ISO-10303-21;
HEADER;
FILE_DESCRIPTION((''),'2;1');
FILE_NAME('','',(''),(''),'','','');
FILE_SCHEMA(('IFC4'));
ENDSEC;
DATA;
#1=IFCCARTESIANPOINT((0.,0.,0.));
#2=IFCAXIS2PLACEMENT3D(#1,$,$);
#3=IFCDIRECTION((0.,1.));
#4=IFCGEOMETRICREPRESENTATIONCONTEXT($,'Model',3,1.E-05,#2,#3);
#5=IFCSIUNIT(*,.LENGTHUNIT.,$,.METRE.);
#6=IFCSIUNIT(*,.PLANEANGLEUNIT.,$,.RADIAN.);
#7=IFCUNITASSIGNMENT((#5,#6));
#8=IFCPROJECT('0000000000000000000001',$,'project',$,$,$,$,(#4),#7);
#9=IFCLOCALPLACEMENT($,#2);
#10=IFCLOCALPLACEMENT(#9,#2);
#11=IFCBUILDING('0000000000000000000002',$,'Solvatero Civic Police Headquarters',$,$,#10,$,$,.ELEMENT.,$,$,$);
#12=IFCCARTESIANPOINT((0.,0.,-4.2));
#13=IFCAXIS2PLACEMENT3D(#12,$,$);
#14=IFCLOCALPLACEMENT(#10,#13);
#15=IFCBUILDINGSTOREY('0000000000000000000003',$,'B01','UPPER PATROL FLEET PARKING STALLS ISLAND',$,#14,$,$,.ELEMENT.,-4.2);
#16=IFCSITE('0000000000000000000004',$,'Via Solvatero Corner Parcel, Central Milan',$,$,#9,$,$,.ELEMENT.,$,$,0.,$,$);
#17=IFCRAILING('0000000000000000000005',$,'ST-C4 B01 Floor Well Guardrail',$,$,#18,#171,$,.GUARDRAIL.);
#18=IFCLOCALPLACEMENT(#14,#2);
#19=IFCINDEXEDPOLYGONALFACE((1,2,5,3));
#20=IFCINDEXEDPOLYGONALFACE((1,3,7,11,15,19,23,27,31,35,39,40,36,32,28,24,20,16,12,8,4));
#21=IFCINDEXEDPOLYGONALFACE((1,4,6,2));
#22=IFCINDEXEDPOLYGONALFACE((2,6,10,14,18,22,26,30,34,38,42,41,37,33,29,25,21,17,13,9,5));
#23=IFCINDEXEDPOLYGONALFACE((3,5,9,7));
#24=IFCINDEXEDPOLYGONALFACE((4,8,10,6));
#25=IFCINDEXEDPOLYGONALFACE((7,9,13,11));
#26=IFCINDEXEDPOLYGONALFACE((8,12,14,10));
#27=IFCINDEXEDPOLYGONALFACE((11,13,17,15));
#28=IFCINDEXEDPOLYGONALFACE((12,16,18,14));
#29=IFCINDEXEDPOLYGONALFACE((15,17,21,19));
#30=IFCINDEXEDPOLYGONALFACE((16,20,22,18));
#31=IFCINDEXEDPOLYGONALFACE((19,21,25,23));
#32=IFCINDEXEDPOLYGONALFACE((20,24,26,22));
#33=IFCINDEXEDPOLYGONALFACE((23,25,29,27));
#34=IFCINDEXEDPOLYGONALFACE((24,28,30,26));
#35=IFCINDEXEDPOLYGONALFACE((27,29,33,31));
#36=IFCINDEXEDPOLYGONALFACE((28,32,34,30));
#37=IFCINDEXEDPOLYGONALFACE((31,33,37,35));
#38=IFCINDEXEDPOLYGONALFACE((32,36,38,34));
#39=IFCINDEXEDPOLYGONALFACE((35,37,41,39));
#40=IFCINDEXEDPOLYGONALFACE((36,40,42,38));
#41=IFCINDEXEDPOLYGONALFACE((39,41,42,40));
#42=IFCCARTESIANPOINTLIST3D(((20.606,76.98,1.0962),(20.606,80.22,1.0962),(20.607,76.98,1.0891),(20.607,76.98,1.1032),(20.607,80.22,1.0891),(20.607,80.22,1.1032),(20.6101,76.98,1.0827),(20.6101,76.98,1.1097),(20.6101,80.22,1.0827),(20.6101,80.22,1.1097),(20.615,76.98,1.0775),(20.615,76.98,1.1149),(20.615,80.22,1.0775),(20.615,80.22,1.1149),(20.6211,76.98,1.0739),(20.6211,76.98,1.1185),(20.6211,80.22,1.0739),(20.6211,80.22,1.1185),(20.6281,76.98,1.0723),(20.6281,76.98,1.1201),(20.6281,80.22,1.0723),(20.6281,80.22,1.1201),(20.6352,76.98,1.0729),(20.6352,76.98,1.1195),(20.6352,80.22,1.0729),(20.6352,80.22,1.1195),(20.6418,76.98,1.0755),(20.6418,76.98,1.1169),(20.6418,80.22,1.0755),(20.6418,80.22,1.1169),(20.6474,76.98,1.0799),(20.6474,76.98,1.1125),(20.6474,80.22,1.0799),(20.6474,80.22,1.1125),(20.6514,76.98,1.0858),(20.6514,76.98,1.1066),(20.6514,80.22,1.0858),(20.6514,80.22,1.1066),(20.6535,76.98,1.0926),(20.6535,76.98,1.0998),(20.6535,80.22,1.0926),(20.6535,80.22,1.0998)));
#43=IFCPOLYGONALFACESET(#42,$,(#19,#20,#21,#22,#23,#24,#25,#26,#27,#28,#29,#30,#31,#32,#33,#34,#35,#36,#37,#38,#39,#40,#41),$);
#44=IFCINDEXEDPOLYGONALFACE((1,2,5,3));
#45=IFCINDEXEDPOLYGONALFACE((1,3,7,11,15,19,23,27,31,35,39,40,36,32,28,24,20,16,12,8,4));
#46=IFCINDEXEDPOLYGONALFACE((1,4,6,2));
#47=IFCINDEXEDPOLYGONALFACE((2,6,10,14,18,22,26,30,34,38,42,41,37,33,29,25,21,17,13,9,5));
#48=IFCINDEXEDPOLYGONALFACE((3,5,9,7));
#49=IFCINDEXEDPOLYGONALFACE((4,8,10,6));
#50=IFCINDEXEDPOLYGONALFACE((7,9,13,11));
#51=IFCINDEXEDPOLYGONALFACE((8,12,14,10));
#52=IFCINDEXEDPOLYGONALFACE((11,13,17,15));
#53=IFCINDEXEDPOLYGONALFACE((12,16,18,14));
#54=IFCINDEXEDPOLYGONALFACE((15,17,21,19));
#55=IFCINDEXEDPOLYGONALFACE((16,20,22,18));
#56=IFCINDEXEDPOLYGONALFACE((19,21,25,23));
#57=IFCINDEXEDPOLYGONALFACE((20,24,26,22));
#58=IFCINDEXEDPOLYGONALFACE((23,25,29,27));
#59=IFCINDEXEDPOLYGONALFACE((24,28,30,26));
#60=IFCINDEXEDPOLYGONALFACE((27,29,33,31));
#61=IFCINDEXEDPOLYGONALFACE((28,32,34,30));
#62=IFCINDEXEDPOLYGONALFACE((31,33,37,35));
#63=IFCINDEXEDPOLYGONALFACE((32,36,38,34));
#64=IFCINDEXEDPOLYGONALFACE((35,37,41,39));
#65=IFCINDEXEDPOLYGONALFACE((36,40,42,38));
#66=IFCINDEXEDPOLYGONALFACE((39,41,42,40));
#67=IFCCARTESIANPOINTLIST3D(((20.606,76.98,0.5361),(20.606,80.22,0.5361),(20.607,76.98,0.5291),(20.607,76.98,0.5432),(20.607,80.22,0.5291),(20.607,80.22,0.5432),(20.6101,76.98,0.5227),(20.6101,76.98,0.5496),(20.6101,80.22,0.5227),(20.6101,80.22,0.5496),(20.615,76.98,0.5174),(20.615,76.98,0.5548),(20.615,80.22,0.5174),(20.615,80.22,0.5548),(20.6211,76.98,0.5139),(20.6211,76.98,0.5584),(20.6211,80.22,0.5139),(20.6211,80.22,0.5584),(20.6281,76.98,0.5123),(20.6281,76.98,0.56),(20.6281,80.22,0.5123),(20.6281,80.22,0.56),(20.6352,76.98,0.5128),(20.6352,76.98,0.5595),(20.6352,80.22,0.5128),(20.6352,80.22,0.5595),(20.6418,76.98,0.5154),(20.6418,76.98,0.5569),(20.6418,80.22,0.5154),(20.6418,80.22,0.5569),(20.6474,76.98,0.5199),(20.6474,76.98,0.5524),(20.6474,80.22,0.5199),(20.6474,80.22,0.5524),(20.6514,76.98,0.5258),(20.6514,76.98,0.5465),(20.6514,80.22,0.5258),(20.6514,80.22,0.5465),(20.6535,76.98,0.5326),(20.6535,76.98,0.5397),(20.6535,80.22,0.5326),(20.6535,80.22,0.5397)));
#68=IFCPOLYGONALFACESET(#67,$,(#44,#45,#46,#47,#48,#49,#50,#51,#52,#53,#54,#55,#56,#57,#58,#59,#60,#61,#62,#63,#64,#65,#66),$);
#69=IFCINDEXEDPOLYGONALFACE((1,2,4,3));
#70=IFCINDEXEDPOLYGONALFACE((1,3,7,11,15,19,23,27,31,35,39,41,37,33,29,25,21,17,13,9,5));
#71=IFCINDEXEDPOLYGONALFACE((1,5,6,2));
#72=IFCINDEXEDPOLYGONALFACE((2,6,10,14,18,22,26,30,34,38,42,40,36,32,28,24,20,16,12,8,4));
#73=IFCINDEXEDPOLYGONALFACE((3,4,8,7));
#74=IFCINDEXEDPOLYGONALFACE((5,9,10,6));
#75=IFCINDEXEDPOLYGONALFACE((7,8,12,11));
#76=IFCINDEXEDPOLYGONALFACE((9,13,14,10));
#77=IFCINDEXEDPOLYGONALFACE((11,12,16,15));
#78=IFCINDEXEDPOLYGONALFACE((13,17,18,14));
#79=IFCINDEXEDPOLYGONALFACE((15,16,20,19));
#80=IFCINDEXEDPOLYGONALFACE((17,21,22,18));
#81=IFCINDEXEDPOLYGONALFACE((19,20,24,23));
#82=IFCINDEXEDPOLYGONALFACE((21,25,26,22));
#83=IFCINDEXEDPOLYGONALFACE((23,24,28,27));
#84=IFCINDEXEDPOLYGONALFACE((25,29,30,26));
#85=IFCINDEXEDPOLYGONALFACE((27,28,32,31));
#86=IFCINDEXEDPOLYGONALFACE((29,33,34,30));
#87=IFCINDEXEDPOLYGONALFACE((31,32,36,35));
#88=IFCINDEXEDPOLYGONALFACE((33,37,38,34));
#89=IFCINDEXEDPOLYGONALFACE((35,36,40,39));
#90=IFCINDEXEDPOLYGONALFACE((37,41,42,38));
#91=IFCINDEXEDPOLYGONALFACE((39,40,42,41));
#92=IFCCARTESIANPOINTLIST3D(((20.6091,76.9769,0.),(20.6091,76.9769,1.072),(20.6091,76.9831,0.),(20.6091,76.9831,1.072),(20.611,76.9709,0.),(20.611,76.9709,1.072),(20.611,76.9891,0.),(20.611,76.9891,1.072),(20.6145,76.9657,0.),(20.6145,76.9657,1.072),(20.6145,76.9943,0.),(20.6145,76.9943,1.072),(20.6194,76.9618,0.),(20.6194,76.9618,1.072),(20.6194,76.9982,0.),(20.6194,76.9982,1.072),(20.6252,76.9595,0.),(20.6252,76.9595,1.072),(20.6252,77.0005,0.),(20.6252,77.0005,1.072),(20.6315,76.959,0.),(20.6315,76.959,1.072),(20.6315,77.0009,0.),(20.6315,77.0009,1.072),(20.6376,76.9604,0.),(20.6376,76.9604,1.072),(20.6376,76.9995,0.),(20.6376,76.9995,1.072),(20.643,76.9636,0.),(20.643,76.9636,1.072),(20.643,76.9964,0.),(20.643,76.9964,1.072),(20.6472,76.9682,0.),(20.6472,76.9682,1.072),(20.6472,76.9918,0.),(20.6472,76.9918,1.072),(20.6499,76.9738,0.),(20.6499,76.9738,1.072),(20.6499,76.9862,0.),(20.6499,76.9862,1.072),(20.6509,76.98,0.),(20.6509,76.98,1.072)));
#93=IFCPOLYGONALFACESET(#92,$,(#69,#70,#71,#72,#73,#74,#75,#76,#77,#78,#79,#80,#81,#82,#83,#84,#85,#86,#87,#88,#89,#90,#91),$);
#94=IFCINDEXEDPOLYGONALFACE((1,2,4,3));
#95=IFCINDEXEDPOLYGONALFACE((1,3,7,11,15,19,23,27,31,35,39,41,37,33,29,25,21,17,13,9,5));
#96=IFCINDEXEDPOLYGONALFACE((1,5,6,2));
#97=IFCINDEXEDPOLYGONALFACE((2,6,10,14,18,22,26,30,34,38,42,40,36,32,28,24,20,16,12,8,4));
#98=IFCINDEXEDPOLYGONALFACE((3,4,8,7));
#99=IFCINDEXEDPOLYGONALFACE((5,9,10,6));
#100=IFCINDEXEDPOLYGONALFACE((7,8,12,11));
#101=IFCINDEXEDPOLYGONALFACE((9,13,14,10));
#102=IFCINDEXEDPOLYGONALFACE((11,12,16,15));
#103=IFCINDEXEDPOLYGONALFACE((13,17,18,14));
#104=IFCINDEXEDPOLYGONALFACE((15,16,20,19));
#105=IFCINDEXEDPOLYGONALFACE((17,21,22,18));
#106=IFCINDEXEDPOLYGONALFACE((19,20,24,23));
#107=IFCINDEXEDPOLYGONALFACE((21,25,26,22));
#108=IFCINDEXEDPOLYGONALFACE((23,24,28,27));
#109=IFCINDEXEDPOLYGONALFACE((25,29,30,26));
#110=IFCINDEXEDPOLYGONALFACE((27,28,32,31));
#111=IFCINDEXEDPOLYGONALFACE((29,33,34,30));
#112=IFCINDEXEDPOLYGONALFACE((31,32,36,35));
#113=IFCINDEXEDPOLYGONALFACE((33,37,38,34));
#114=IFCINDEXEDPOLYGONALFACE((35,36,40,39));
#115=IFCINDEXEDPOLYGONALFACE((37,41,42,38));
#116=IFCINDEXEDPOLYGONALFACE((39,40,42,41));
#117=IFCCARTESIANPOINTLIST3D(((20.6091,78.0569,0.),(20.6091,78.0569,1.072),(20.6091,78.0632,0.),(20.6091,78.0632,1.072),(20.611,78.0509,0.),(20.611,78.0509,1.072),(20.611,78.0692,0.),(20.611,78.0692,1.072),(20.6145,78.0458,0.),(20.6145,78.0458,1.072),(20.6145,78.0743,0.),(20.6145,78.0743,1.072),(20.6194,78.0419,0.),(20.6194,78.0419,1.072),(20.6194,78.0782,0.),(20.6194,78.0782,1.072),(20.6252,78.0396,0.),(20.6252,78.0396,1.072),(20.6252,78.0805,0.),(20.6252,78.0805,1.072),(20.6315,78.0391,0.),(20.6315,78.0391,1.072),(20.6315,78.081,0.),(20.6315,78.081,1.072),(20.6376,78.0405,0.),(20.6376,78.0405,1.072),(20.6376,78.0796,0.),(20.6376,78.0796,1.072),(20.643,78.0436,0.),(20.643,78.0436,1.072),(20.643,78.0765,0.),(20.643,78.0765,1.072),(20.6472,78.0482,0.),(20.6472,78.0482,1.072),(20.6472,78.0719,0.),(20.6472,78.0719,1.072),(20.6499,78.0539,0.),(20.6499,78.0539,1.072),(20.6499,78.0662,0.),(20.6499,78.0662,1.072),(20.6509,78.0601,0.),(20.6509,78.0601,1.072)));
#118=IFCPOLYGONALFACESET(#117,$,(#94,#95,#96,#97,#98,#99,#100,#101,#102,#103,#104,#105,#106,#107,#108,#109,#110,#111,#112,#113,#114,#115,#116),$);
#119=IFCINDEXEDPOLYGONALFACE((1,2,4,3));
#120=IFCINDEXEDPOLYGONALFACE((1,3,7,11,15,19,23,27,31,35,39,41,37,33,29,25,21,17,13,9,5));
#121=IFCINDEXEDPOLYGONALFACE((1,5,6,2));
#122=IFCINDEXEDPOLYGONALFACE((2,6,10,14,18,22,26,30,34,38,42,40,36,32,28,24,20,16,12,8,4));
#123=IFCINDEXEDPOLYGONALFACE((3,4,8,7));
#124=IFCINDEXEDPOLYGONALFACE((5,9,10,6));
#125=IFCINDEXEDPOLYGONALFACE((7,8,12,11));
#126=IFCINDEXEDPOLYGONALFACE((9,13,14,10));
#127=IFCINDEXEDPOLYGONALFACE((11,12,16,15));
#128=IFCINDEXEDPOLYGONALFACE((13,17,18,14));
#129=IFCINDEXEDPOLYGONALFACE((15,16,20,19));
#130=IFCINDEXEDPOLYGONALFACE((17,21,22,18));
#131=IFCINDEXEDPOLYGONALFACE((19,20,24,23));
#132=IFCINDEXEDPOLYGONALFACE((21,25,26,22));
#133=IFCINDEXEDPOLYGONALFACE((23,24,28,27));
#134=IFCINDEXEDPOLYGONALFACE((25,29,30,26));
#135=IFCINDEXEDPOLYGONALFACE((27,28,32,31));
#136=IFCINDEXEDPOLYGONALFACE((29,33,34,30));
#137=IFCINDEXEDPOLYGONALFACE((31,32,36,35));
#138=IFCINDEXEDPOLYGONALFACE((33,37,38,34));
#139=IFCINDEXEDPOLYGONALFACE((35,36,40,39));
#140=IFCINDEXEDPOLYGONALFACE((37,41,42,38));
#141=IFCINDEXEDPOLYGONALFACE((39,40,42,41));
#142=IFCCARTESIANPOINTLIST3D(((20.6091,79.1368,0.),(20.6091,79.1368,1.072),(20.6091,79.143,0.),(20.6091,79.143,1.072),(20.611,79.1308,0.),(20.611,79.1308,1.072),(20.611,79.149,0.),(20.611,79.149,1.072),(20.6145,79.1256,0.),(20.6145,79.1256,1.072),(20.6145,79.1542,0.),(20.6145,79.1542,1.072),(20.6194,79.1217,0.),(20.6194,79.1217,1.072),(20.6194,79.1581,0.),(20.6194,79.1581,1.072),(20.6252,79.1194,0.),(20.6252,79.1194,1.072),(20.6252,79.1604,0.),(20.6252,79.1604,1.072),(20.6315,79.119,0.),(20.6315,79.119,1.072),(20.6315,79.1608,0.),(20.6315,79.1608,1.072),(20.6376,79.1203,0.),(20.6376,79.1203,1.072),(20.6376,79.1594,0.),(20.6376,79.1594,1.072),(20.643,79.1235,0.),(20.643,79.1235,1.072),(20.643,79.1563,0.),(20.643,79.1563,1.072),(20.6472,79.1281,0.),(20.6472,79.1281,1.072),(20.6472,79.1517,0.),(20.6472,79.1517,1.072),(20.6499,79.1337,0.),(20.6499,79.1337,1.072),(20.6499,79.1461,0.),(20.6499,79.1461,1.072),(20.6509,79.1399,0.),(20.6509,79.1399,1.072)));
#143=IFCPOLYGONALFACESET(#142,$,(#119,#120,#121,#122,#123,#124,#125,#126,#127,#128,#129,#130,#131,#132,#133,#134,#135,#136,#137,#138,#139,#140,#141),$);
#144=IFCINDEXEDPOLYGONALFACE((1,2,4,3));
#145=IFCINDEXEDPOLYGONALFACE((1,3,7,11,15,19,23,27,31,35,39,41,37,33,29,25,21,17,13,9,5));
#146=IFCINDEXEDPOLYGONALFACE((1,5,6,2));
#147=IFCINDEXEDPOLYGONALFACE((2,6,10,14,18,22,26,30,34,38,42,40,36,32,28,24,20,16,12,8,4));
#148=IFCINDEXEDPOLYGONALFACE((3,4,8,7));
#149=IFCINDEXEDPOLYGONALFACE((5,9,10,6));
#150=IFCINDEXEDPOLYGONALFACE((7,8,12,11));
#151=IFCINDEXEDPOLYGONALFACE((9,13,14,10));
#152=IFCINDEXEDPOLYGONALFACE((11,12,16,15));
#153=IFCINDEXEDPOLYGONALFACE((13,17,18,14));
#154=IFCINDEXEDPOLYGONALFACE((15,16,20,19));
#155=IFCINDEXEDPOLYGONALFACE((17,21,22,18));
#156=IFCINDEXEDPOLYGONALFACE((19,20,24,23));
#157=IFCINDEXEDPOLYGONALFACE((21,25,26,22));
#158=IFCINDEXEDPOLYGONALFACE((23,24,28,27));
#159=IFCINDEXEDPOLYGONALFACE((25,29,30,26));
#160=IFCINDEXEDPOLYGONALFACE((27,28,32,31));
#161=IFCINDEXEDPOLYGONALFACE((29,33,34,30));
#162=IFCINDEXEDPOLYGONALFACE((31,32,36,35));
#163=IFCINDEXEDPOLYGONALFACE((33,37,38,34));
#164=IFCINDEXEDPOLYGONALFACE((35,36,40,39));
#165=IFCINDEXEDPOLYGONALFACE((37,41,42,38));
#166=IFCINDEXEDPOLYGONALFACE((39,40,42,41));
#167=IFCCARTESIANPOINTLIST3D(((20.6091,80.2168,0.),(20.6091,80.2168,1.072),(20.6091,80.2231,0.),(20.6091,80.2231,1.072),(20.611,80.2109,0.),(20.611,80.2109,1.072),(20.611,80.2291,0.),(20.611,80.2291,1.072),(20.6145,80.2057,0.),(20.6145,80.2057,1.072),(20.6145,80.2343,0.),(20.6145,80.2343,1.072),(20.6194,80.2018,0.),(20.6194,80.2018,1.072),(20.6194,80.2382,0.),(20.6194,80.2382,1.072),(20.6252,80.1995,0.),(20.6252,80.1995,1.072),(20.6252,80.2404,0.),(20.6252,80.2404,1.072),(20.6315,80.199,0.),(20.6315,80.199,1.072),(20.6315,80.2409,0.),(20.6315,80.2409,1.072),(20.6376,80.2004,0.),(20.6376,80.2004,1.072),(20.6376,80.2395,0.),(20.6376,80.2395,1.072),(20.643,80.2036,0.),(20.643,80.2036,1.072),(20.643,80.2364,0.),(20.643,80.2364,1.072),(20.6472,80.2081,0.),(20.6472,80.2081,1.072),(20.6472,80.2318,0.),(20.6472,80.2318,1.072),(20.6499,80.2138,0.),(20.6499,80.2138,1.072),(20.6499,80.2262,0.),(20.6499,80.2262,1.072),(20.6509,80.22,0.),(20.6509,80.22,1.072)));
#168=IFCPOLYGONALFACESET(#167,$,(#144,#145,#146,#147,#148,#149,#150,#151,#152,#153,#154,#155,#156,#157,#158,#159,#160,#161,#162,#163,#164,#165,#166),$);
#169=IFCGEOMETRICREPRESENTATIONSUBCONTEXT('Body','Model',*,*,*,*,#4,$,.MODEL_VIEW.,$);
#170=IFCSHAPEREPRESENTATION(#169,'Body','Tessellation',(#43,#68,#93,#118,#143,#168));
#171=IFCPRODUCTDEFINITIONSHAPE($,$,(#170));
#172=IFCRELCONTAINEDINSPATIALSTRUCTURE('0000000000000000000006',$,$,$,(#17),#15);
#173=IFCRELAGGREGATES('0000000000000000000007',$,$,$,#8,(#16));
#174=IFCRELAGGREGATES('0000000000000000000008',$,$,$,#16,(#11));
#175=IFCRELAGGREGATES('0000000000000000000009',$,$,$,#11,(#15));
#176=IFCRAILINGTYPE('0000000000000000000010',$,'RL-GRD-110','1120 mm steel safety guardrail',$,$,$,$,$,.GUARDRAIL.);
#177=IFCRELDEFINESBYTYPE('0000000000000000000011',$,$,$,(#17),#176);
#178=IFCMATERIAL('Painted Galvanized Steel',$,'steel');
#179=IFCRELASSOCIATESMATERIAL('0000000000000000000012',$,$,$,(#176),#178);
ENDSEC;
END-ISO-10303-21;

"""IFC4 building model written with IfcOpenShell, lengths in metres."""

from ifc_helpers import new_model, si_unit, direction, frame, origin, origin_2d, place, context, subcontext, project, spatial, circle, extrude, material, type_object, element, save


model = new_model("IFC4")

# Units and contexts
model_context = context("Model", 3, precision=1e-05, world=origin(), true_north=direction((0.0, 1.0)))
body_context = subcontext(model_context, "Body", "Model", "MODEL_VIEW")
ifc_project = project(units=[si_unit("LENGTHUNIT", "METRE"), si_unit("PLANEANGLEUNIT", "RADIAN")], contexts=[model_context])

# Site, building, storey
site_placement = place(None, origin())
site = spatial("IfcSite", under=ifc_project, at=site_placement, Name="Via Solvatero Corner Parcel, Central Milan", CompositionType="ELEMENT", RefElevation=0.0)
building_placement = place(site_placement, origin())
building = spatial("IfcBuilding", under=site, at=building_placement, Name="Solvatero Civic Police Headquarters", CompositionType="ELEMENT")
storey_placement = place(building_placement, frame((0.0, 0.0, -4.2)))
storey = spatial("IfcBuildingStorey", under=building, at=storey_placement, Name="B01", Description="UPPER PATROL FLEET PARKING STALLS ISLAND", CompositionType="ELEMENT", Elevation=-4.2)

# Railing
ifc_material_1 = material(Name="Painted Galvanized Steel", Category="steel")
railing_type_1 = type_object("IfcRailingType", Name="RL-GRD-110", Description="1120 mm steel safety guardrail", PredefinedType="GUARDRAIL", material=ifc_material_1)
railing_1_placement = place(storey_placement, frame((20.6299, 76.98, 0.0)))
element("IfcRailing", 1, at=railing_1_placement, inside=storey, type_object=railing_type_1, Name="ST-C4 B01 Floor Well Guardrail", PredefinedType="GUARDRAIL", context=body_context, shape_type="SweptSolid", body=[
    extrude(circle(Radius=0.0239, at=origin_2d()), frame((0.0, 0.0, 1.0962), z_axis=(0.0, 1.0, 0.0), x_axis=(-1.0, 0.0, 0.0)), (0.0, 0.0, 1.0), 3.24),
    extrude(circle(Radius=0.0239, at=origin_2d()), frame((0.0, 0.0, 0.5361), z_axis=(0.0, 1.0, 0.0), x_axis=(-1.0, 0.0, 0.0)), (0.0, 0.0, 1.0), 3.24),
    extrude(circle(Radius=0.021, at=origin_2d()), origin(), (0.0, 0.0, 1.0), 1.072),
    extrude(circle(Radius=0.021, at=origin_2d()), frame((0.0, 1.0801, 0.0)), (0.0, 0.0, 1.0), 1.072),
    extrude(circle(Radius=0.021, at=origin_2d()), frame((0.0, 2.1599, 0.0)), (0.0, 0.0, 1.0), 1.072),
    extrude(circle(Radius=0.021, at=origin_2d()), frame((0.0, 3.24, 0.0)), (0.0, 0.0, 1.0), 1.072),
])

save(model, "model.ifc")
